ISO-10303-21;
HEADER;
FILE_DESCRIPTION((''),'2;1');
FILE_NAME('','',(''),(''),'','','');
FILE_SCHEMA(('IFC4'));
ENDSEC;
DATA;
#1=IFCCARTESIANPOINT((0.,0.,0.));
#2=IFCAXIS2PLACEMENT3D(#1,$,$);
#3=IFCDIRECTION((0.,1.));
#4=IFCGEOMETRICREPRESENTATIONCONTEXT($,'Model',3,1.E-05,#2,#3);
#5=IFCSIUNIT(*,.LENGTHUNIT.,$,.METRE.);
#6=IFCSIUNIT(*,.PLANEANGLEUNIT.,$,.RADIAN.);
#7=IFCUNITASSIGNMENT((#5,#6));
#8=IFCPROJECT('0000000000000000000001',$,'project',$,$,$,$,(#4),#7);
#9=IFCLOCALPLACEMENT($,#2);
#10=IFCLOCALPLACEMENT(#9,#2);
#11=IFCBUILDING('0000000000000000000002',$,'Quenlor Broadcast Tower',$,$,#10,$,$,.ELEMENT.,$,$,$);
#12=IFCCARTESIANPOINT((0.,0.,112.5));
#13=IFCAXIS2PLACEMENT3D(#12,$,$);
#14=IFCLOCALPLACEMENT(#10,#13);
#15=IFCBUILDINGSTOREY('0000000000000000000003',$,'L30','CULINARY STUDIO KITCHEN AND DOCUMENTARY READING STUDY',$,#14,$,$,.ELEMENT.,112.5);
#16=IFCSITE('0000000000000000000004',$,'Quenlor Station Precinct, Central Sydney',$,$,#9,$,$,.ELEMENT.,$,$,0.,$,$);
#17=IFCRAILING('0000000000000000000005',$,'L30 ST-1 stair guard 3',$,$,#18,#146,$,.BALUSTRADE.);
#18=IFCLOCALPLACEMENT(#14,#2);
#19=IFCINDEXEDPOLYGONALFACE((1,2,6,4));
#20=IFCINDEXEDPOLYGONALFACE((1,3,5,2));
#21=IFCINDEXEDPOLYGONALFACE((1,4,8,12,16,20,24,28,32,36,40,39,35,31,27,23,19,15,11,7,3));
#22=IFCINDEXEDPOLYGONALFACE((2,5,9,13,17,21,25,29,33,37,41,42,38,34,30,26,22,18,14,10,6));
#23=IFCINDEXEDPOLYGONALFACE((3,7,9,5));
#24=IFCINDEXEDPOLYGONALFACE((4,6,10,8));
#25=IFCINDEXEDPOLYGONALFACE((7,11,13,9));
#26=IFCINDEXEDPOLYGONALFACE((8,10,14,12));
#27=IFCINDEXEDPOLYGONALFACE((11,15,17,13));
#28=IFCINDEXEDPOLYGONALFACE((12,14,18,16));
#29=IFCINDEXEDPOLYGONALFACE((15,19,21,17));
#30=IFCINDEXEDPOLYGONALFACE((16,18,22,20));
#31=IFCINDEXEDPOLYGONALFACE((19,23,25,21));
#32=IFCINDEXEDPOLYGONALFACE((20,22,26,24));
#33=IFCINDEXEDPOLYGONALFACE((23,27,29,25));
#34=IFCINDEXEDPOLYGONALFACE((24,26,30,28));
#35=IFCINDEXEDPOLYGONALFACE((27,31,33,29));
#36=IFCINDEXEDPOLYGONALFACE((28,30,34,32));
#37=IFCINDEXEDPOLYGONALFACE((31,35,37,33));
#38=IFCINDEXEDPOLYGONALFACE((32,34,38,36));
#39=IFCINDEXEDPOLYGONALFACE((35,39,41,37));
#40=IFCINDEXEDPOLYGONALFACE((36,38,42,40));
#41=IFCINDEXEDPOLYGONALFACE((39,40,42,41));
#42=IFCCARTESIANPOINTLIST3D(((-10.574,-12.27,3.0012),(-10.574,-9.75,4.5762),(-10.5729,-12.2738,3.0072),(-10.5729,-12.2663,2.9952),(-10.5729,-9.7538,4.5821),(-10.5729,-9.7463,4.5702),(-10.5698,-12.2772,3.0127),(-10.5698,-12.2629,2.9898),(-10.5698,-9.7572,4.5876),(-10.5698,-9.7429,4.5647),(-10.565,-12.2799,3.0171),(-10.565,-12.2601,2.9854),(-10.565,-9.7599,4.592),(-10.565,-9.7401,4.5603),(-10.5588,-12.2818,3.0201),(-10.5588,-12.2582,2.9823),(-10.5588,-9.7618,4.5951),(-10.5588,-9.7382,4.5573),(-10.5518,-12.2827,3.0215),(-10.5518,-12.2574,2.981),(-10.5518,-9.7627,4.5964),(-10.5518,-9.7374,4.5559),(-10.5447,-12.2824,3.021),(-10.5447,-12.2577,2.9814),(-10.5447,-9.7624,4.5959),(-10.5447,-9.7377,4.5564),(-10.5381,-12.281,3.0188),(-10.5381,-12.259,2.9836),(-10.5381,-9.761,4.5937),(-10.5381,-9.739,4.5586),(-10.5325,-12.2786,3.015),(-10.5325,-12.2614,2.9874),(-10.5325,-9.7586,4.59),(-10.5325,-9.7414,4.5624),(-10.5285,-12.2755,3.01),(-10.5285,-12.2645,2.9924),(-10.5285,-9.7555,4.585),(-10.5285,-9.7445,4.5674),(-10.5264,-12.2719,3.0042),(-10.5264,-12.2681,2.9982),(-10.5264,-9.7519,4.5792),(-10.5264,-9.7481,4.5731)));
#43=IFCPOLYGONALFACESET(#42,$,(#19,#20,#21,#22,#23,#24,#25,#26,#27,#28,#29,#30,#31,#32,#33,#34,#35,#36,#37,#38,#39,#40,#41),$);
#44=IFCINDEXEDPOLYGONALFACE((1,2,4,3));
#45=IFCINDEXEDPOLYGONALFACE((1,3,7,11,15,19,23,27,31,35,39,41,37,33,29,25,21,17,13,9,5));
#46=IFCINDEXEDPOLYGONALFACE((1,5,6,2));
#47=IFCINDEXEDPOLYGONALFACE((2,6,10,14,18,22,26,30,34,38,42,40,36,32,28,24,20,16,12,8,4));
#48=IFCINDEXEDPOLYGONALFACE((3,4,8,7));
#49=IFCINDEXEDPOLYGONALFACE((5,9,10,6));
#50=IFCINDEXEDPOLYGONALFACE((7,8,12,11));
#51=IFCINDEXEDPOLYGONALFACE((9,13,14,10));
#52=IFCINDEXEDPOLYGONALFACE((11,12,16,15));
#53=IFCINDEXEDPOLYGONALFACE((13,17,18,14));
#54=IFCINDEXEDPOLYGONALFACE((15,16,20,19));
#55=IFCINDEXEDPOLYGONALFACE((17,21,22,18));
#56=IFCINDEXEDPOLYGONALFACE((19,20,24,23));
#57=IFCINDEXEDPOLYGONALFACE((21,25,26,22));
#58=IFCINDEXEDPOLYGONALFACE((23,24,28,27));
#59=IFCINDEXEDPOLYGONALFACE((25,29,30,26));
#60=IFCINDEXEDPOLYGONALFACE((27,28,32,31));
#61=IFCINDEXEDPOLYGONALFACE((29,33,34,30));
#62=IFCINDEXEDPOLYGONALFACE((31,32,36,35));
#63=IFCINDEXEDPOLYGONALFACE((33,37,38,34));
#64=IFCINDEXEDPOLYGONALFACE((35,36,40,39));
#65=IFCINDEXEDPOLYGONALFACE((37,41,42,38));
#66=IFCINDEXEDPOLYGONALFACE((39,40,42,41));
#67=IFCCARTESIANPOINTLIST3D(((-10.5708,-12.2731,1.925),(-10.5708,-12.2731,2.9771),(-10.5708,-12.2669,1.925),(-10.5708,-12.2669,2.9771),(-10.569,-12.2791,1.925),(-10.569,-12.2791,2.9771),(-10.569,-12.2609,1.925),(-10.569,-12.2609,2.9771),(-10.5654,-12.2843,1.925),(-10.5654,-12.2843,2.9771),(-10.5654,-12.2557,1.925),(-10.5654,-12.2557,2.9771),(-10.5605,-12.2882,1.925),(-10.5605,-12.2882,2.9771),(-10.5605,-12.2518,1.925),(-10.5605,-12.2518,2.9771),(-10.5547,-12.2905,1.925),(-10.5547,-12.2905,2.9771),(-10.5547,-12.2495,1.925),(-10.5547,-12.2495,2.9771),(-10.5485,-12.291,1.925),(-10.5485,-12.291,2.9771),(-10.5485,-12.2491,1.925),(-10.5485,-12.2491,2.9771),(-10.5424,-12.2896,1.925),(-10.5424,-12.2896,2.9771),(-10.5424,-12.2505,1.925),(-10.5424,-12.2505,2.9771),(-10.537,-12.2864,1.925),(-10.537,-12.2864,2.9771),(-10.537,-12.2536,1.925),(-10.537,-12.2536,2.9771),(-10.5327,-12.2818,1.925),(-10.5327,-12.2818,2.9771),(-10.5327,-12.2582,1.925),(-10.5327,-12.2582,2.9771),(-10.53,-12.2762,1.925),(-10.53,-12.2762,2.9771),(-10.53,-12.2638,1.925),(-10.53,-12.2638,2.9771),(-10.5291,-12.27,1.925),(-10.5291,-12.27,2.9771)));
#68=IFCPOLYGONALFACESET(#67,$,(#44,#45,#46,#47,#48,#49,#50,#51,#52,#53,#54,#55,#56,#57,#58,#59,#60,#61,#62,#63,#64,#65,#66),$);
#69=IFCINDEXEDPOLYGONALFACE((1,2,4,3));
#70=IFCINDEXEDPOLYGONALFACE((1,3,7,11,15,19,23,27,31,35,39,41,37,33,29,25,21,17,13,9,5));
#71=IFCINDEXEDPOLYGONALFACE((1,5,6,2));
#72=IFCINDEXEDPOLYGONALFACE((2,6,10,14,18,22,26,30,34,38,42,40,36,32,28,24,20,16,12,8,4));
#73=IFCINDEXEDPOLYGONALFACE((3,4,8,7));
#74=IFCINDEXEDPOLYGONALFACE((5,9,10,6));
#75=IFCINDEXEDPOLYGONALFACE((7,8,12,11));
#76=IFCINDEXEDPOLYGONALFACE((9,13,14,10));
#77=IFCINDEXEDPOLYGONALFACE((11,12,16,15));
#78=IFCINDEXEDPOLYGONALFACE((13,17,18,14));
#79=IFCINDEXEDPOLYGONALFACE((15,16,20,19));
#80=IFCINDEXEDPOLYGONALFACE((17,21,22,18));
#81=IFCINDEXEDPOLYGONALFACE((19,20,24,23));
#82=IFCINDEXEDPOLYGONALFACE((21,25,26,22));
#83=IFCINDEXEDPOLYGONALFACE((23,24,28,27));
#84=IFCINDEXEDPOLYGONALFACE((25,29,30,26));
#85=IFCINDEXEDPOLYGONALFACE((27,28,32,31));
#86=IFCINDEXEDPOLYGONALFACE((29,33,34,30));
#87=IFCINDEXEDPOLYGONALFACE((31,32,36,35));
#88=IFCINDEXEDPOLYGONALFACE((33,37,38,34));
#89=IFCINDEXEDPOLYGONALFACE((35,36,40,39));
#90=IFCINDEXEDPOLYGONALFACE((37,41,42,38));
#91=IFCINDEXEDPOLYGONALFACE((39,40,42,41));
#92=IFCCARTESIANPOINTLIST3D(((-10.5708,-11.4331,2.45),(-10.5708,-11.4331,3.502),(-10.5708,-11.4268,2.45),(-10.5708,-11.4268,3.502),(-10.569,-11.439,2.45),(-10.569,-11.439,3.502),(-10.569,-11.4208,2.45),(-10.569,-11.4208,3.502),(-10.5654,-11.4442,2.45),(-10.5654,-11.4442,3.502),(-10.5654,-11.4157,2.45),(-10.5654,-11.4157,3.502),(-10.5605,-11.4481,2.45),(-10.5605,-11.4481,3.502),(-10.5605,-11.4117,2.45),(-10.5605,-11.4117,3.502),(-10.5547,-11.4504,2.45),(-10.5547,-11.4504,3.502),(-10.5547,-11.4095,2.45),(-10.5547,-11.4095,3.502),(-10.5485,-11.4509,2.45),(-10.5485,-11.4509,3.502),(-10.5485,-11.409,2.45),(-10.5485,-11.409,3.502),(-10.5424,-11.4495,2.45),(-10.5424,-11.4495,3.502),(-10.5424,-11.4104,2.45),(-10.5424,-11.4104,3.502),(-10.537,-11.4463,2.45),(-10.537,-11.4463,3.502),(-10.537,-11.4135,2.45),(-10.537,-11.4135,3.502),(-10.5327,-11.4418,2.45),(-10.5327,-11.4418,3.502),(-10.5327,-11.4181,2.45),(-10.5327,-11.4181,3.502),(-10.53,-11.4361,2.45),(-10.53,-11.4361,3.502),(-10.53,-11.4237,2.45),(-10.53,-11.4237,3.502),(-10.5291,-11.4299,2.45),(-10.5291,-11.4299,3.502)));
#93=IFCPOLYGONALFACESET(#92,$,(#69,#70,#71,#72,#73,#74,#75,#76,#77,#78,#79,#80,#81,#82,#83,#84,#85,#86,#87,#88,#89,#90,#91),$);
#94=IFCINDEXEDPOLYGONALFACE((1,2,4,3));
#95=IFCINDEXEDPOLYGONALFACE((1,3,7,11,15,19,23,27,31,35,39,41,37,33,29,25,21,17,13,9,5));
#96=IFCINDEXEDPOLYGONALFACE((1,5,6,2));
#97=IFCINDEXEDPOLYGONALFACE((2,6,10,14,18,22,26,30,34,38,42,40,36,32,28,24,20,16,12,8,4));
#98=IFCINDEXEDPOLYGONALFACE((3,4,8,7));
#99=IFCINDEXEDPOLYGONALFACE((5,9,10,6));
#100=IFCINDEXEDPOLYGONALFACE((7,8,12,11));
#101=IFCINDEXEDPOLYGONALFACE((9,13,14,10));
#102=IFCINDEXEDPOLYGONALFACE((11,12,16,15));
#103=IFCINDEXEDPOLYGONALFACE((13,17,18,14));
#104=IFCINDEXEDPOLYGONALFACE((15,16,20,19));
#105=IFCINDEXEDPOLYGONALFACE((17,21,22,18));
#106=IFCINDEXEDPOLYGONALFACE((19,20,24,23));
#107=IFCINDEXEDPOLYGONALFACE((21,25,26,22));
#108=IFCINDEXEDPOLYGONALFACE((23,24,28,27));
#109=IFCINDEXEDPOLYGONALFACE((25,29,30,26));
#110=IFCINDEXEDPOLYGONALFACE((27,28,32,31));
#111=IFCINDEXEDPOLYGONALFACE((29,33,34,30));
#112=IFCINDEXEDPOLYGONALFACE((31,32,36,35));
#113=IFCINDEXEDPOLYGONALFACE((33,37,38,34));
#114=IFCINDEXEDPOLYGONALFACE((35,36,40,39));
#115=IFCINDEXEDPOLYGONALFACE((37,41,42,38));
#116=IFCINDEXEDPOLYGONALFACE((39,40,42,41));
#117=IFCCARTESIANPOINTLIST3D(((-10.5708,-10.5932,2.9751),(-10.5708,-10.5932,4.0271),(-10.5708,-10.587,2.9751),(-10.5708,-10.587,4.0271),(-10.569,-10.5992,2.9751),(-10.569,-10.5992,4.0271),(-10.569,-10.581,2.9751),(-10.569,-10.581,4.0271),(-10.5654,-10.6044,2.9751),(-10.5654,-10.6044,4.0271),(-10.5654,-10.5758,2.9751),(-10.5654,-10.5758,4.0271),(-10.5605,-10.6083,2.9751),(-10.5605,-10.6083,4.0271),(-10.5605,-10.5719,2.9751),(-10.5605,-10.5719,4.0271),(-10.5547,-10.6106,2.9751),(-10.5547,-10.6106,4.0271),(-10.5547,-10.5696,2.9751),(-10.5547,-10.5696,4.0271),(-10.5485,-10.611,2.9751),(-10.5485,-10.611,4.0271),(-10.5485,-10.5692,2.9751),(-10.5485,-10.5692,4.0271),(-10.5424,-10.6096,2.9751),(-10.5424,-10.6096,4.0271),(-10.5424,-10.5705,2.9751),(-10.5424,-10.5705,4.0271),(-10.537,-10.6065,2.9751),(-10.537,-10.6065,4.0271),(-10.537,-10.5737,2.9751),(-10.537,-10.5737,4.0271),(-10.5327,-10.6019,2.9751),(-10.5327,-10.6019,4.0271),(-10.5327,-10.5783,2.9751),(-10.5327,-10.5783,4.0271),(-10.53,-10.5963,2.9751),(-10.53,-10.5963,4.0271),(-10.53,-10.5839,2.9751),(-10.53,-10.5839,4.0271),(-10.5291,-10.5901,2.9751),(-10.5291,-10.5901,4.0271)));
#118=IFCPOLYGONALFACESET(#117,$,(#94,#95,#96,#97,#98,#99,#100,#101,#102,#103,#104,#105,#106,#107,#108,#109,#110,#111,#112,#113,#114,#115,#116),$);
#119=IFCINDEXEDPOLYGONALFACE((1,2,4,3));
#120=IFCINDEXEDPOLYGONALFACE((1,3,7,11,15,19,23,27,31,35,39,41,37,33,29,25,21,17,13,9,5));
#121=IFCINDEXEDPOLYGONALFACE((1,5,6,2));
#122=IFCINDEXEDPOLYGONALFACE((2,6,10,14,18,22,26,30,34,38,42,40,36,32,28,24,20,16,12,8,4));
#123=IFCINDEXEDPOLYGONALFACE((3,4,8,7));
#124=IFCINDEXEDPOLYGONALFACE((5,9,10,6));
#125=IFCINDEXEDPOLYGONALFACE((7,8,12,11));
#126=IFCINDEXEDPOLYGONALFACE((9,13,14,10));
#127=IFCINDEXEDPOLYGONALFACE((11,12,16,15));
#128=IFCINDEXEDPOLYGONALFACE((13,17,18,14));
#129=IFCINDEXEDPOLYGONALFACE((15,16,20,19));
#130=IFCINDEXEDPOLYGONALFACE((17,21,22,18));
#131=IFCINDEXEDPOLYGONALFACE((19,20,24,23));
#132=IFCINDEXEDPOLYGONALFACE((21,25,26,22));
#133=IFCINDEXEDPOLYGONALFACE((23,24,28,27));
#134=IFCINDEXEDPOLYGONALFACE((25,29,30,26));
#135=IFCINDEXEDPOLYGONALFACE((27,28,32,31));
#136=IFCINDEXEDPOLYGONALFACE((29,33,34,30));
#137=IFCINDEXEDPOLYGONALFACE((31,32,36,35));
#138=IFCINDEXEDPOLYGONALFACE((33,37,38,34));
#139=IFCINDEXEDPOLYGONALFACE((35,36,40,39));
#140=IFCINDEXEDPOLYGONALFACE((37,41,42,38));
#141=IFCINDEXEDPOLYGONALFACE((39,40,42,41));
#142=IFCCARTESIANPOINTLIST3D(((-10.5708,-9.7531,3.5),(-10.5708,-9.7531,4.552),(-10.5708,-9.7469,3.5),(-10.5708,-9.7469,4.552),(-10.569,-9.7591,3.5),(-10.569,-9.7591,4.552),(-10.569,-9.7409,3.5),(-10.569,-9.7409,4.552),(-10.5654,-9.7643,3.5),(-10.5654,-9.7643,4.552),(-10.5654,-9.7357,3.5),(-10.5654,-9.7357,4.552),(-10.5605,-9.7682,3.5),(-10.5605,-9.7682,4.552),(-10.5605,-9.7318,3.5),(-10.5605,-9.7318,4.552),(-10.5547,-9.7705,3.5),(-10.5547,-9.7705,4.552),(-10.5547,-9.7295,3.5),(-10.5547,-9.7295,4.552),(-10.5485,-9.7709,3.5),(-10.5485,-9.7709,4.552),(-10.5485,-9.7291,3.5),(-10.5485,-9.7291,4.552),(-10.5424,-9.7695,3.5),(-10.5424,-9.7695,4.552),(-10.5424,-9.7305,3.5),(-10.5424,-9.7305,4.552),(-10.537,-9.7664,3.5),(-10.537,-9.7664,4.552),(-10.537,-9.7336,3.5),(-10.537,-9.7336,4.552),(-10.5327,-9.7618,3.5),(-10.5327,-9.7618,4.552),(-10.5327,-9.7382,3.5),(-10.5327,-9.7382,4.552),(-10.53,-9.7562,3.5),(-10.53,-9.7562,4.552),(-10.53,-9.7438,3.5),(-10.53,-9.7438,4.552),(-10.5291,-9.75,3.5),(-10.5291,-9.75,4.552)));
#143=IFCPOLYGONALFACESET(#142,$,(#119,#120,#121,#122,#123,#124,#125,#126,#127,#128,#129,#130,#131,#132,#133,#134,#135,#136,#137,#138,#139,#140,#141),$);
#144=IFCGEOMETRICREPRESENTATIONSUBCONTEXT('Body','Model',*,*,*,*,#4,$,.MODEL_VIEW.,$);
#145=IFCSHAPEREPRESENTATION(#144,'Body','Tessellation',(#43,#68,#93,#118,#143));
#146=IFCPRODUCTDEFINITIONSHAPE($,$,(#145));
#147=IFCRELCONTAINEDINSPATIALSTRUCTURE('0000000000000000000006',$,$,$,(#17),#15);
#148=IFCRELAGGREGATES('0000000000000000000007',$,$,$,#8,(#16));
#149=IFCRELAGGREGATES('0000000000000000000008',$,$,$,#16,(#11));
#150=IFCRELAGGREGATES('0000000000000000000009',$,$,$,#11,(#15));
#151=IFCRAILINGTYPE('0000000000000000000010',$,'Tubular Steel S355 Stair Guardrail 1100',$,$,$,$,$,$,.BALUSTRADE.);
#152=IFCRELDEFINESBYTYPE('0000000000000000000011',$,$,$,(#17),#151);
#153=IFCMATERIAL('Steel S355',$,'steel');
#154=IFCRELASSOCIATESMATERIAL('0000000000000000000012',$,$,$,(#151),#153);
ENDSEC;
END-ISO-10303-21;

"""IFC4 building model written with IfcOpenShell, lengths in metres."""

from ifc_helpers import new_model, si_unit, direction, frame, origin, origin_2d, place, context, subcontext, project, spatial, circle, extrude, material, type_object, element, save


model = new_model("IFC4")

# Units and contexts
model_context = context("Model", 3, precision=1e-05, world=origin(), true_north=direction((0.0, 1.0)))
body_context = subcontext(model_context, "Body", "Model", "MODEL_VIEW")
ifc_project = project(units=[si_unit("LENGTHUNIT", "METRE"), si_unit("PLANEANGLEUNIT", "RADIAN")], contexts=[model_context])

# Site, building, storey
site_placement = place(None, origin())
site = spatial("IfcSite", under=ifc_project, at=site_placement, Name="Quenlor Station Precinct, Central Sydney", CompositionType="ELEMENT", RefElevation=0.0)
building_placement = place(site_placement, origin())
building = spatial("IfcBuilding", under=site, at=building_placement, Name="Quenlor Broadcast Tower", CompositionType="ELEMENT")
storey_placement = place(building_placement, frame((0.0, 0.0, 112.5)))
storey = spatial("IfcBuildingStorey", under=building, at=storey_placement, Name="L30", Description="CULINARY STUDIO KITCHEN AND DOCUMENTARY READING STUDY", CompositionType="ELEMENT", Elevation=112.5)

# Railing
ifc_material_1 = material(Name="Steel S355", Category="steel")
railing_type_1 = type_object("IfcRailingType", Name="Tubular Steel S355 Stair Guardrail 1100", PredefinedType="BALUSTRADE", material=ifc_material_1)
railing_1_placement = place(storey_placement, frame((-10.55, -12.27, 1.925)))
element("IfcRailing", 1, at=railing_1_placement, inside=storey, type_object=railing_type_1, Name="L30 ST-1 stair guard 3", PredefinedType="BALUSTRADE", context=body_context, shape_type="SweptSolid", body=[
    extrude(circle(Radius=0.0239, at=origin_2d()), frame((0.0, 0.0, 1.0762), z_axis=(0.0, 0.848008, 0.529984), x_axis=(-1.0, 0.0, 0.0)), (0.0, 0.0, 1.0), 2.9717),
    extrude(circle(Radius=0.021, at=origin_2d()), origin(), (0.0, 0.0, 1.0), 1.052),
    extrude(circle(Radius=0.021, at=origin_2d()), frame((0.0, 0.8401, 0.5249)), (0.0, 0.0, 1.0), 1.052),
    extrude(circle(Radius=0.021, at=origin_2d()), frame((0.0, 1.6799, 1.05)), (0.0, 0.0, 1.0), 1.052),
    extrude(circle(Radius=0.021, at=origin_2d()), frame((0.0, 2.52, 1.575)), (0.0, 0.0, 1.0), 1.052),
])

save(model, "model.ifc")
